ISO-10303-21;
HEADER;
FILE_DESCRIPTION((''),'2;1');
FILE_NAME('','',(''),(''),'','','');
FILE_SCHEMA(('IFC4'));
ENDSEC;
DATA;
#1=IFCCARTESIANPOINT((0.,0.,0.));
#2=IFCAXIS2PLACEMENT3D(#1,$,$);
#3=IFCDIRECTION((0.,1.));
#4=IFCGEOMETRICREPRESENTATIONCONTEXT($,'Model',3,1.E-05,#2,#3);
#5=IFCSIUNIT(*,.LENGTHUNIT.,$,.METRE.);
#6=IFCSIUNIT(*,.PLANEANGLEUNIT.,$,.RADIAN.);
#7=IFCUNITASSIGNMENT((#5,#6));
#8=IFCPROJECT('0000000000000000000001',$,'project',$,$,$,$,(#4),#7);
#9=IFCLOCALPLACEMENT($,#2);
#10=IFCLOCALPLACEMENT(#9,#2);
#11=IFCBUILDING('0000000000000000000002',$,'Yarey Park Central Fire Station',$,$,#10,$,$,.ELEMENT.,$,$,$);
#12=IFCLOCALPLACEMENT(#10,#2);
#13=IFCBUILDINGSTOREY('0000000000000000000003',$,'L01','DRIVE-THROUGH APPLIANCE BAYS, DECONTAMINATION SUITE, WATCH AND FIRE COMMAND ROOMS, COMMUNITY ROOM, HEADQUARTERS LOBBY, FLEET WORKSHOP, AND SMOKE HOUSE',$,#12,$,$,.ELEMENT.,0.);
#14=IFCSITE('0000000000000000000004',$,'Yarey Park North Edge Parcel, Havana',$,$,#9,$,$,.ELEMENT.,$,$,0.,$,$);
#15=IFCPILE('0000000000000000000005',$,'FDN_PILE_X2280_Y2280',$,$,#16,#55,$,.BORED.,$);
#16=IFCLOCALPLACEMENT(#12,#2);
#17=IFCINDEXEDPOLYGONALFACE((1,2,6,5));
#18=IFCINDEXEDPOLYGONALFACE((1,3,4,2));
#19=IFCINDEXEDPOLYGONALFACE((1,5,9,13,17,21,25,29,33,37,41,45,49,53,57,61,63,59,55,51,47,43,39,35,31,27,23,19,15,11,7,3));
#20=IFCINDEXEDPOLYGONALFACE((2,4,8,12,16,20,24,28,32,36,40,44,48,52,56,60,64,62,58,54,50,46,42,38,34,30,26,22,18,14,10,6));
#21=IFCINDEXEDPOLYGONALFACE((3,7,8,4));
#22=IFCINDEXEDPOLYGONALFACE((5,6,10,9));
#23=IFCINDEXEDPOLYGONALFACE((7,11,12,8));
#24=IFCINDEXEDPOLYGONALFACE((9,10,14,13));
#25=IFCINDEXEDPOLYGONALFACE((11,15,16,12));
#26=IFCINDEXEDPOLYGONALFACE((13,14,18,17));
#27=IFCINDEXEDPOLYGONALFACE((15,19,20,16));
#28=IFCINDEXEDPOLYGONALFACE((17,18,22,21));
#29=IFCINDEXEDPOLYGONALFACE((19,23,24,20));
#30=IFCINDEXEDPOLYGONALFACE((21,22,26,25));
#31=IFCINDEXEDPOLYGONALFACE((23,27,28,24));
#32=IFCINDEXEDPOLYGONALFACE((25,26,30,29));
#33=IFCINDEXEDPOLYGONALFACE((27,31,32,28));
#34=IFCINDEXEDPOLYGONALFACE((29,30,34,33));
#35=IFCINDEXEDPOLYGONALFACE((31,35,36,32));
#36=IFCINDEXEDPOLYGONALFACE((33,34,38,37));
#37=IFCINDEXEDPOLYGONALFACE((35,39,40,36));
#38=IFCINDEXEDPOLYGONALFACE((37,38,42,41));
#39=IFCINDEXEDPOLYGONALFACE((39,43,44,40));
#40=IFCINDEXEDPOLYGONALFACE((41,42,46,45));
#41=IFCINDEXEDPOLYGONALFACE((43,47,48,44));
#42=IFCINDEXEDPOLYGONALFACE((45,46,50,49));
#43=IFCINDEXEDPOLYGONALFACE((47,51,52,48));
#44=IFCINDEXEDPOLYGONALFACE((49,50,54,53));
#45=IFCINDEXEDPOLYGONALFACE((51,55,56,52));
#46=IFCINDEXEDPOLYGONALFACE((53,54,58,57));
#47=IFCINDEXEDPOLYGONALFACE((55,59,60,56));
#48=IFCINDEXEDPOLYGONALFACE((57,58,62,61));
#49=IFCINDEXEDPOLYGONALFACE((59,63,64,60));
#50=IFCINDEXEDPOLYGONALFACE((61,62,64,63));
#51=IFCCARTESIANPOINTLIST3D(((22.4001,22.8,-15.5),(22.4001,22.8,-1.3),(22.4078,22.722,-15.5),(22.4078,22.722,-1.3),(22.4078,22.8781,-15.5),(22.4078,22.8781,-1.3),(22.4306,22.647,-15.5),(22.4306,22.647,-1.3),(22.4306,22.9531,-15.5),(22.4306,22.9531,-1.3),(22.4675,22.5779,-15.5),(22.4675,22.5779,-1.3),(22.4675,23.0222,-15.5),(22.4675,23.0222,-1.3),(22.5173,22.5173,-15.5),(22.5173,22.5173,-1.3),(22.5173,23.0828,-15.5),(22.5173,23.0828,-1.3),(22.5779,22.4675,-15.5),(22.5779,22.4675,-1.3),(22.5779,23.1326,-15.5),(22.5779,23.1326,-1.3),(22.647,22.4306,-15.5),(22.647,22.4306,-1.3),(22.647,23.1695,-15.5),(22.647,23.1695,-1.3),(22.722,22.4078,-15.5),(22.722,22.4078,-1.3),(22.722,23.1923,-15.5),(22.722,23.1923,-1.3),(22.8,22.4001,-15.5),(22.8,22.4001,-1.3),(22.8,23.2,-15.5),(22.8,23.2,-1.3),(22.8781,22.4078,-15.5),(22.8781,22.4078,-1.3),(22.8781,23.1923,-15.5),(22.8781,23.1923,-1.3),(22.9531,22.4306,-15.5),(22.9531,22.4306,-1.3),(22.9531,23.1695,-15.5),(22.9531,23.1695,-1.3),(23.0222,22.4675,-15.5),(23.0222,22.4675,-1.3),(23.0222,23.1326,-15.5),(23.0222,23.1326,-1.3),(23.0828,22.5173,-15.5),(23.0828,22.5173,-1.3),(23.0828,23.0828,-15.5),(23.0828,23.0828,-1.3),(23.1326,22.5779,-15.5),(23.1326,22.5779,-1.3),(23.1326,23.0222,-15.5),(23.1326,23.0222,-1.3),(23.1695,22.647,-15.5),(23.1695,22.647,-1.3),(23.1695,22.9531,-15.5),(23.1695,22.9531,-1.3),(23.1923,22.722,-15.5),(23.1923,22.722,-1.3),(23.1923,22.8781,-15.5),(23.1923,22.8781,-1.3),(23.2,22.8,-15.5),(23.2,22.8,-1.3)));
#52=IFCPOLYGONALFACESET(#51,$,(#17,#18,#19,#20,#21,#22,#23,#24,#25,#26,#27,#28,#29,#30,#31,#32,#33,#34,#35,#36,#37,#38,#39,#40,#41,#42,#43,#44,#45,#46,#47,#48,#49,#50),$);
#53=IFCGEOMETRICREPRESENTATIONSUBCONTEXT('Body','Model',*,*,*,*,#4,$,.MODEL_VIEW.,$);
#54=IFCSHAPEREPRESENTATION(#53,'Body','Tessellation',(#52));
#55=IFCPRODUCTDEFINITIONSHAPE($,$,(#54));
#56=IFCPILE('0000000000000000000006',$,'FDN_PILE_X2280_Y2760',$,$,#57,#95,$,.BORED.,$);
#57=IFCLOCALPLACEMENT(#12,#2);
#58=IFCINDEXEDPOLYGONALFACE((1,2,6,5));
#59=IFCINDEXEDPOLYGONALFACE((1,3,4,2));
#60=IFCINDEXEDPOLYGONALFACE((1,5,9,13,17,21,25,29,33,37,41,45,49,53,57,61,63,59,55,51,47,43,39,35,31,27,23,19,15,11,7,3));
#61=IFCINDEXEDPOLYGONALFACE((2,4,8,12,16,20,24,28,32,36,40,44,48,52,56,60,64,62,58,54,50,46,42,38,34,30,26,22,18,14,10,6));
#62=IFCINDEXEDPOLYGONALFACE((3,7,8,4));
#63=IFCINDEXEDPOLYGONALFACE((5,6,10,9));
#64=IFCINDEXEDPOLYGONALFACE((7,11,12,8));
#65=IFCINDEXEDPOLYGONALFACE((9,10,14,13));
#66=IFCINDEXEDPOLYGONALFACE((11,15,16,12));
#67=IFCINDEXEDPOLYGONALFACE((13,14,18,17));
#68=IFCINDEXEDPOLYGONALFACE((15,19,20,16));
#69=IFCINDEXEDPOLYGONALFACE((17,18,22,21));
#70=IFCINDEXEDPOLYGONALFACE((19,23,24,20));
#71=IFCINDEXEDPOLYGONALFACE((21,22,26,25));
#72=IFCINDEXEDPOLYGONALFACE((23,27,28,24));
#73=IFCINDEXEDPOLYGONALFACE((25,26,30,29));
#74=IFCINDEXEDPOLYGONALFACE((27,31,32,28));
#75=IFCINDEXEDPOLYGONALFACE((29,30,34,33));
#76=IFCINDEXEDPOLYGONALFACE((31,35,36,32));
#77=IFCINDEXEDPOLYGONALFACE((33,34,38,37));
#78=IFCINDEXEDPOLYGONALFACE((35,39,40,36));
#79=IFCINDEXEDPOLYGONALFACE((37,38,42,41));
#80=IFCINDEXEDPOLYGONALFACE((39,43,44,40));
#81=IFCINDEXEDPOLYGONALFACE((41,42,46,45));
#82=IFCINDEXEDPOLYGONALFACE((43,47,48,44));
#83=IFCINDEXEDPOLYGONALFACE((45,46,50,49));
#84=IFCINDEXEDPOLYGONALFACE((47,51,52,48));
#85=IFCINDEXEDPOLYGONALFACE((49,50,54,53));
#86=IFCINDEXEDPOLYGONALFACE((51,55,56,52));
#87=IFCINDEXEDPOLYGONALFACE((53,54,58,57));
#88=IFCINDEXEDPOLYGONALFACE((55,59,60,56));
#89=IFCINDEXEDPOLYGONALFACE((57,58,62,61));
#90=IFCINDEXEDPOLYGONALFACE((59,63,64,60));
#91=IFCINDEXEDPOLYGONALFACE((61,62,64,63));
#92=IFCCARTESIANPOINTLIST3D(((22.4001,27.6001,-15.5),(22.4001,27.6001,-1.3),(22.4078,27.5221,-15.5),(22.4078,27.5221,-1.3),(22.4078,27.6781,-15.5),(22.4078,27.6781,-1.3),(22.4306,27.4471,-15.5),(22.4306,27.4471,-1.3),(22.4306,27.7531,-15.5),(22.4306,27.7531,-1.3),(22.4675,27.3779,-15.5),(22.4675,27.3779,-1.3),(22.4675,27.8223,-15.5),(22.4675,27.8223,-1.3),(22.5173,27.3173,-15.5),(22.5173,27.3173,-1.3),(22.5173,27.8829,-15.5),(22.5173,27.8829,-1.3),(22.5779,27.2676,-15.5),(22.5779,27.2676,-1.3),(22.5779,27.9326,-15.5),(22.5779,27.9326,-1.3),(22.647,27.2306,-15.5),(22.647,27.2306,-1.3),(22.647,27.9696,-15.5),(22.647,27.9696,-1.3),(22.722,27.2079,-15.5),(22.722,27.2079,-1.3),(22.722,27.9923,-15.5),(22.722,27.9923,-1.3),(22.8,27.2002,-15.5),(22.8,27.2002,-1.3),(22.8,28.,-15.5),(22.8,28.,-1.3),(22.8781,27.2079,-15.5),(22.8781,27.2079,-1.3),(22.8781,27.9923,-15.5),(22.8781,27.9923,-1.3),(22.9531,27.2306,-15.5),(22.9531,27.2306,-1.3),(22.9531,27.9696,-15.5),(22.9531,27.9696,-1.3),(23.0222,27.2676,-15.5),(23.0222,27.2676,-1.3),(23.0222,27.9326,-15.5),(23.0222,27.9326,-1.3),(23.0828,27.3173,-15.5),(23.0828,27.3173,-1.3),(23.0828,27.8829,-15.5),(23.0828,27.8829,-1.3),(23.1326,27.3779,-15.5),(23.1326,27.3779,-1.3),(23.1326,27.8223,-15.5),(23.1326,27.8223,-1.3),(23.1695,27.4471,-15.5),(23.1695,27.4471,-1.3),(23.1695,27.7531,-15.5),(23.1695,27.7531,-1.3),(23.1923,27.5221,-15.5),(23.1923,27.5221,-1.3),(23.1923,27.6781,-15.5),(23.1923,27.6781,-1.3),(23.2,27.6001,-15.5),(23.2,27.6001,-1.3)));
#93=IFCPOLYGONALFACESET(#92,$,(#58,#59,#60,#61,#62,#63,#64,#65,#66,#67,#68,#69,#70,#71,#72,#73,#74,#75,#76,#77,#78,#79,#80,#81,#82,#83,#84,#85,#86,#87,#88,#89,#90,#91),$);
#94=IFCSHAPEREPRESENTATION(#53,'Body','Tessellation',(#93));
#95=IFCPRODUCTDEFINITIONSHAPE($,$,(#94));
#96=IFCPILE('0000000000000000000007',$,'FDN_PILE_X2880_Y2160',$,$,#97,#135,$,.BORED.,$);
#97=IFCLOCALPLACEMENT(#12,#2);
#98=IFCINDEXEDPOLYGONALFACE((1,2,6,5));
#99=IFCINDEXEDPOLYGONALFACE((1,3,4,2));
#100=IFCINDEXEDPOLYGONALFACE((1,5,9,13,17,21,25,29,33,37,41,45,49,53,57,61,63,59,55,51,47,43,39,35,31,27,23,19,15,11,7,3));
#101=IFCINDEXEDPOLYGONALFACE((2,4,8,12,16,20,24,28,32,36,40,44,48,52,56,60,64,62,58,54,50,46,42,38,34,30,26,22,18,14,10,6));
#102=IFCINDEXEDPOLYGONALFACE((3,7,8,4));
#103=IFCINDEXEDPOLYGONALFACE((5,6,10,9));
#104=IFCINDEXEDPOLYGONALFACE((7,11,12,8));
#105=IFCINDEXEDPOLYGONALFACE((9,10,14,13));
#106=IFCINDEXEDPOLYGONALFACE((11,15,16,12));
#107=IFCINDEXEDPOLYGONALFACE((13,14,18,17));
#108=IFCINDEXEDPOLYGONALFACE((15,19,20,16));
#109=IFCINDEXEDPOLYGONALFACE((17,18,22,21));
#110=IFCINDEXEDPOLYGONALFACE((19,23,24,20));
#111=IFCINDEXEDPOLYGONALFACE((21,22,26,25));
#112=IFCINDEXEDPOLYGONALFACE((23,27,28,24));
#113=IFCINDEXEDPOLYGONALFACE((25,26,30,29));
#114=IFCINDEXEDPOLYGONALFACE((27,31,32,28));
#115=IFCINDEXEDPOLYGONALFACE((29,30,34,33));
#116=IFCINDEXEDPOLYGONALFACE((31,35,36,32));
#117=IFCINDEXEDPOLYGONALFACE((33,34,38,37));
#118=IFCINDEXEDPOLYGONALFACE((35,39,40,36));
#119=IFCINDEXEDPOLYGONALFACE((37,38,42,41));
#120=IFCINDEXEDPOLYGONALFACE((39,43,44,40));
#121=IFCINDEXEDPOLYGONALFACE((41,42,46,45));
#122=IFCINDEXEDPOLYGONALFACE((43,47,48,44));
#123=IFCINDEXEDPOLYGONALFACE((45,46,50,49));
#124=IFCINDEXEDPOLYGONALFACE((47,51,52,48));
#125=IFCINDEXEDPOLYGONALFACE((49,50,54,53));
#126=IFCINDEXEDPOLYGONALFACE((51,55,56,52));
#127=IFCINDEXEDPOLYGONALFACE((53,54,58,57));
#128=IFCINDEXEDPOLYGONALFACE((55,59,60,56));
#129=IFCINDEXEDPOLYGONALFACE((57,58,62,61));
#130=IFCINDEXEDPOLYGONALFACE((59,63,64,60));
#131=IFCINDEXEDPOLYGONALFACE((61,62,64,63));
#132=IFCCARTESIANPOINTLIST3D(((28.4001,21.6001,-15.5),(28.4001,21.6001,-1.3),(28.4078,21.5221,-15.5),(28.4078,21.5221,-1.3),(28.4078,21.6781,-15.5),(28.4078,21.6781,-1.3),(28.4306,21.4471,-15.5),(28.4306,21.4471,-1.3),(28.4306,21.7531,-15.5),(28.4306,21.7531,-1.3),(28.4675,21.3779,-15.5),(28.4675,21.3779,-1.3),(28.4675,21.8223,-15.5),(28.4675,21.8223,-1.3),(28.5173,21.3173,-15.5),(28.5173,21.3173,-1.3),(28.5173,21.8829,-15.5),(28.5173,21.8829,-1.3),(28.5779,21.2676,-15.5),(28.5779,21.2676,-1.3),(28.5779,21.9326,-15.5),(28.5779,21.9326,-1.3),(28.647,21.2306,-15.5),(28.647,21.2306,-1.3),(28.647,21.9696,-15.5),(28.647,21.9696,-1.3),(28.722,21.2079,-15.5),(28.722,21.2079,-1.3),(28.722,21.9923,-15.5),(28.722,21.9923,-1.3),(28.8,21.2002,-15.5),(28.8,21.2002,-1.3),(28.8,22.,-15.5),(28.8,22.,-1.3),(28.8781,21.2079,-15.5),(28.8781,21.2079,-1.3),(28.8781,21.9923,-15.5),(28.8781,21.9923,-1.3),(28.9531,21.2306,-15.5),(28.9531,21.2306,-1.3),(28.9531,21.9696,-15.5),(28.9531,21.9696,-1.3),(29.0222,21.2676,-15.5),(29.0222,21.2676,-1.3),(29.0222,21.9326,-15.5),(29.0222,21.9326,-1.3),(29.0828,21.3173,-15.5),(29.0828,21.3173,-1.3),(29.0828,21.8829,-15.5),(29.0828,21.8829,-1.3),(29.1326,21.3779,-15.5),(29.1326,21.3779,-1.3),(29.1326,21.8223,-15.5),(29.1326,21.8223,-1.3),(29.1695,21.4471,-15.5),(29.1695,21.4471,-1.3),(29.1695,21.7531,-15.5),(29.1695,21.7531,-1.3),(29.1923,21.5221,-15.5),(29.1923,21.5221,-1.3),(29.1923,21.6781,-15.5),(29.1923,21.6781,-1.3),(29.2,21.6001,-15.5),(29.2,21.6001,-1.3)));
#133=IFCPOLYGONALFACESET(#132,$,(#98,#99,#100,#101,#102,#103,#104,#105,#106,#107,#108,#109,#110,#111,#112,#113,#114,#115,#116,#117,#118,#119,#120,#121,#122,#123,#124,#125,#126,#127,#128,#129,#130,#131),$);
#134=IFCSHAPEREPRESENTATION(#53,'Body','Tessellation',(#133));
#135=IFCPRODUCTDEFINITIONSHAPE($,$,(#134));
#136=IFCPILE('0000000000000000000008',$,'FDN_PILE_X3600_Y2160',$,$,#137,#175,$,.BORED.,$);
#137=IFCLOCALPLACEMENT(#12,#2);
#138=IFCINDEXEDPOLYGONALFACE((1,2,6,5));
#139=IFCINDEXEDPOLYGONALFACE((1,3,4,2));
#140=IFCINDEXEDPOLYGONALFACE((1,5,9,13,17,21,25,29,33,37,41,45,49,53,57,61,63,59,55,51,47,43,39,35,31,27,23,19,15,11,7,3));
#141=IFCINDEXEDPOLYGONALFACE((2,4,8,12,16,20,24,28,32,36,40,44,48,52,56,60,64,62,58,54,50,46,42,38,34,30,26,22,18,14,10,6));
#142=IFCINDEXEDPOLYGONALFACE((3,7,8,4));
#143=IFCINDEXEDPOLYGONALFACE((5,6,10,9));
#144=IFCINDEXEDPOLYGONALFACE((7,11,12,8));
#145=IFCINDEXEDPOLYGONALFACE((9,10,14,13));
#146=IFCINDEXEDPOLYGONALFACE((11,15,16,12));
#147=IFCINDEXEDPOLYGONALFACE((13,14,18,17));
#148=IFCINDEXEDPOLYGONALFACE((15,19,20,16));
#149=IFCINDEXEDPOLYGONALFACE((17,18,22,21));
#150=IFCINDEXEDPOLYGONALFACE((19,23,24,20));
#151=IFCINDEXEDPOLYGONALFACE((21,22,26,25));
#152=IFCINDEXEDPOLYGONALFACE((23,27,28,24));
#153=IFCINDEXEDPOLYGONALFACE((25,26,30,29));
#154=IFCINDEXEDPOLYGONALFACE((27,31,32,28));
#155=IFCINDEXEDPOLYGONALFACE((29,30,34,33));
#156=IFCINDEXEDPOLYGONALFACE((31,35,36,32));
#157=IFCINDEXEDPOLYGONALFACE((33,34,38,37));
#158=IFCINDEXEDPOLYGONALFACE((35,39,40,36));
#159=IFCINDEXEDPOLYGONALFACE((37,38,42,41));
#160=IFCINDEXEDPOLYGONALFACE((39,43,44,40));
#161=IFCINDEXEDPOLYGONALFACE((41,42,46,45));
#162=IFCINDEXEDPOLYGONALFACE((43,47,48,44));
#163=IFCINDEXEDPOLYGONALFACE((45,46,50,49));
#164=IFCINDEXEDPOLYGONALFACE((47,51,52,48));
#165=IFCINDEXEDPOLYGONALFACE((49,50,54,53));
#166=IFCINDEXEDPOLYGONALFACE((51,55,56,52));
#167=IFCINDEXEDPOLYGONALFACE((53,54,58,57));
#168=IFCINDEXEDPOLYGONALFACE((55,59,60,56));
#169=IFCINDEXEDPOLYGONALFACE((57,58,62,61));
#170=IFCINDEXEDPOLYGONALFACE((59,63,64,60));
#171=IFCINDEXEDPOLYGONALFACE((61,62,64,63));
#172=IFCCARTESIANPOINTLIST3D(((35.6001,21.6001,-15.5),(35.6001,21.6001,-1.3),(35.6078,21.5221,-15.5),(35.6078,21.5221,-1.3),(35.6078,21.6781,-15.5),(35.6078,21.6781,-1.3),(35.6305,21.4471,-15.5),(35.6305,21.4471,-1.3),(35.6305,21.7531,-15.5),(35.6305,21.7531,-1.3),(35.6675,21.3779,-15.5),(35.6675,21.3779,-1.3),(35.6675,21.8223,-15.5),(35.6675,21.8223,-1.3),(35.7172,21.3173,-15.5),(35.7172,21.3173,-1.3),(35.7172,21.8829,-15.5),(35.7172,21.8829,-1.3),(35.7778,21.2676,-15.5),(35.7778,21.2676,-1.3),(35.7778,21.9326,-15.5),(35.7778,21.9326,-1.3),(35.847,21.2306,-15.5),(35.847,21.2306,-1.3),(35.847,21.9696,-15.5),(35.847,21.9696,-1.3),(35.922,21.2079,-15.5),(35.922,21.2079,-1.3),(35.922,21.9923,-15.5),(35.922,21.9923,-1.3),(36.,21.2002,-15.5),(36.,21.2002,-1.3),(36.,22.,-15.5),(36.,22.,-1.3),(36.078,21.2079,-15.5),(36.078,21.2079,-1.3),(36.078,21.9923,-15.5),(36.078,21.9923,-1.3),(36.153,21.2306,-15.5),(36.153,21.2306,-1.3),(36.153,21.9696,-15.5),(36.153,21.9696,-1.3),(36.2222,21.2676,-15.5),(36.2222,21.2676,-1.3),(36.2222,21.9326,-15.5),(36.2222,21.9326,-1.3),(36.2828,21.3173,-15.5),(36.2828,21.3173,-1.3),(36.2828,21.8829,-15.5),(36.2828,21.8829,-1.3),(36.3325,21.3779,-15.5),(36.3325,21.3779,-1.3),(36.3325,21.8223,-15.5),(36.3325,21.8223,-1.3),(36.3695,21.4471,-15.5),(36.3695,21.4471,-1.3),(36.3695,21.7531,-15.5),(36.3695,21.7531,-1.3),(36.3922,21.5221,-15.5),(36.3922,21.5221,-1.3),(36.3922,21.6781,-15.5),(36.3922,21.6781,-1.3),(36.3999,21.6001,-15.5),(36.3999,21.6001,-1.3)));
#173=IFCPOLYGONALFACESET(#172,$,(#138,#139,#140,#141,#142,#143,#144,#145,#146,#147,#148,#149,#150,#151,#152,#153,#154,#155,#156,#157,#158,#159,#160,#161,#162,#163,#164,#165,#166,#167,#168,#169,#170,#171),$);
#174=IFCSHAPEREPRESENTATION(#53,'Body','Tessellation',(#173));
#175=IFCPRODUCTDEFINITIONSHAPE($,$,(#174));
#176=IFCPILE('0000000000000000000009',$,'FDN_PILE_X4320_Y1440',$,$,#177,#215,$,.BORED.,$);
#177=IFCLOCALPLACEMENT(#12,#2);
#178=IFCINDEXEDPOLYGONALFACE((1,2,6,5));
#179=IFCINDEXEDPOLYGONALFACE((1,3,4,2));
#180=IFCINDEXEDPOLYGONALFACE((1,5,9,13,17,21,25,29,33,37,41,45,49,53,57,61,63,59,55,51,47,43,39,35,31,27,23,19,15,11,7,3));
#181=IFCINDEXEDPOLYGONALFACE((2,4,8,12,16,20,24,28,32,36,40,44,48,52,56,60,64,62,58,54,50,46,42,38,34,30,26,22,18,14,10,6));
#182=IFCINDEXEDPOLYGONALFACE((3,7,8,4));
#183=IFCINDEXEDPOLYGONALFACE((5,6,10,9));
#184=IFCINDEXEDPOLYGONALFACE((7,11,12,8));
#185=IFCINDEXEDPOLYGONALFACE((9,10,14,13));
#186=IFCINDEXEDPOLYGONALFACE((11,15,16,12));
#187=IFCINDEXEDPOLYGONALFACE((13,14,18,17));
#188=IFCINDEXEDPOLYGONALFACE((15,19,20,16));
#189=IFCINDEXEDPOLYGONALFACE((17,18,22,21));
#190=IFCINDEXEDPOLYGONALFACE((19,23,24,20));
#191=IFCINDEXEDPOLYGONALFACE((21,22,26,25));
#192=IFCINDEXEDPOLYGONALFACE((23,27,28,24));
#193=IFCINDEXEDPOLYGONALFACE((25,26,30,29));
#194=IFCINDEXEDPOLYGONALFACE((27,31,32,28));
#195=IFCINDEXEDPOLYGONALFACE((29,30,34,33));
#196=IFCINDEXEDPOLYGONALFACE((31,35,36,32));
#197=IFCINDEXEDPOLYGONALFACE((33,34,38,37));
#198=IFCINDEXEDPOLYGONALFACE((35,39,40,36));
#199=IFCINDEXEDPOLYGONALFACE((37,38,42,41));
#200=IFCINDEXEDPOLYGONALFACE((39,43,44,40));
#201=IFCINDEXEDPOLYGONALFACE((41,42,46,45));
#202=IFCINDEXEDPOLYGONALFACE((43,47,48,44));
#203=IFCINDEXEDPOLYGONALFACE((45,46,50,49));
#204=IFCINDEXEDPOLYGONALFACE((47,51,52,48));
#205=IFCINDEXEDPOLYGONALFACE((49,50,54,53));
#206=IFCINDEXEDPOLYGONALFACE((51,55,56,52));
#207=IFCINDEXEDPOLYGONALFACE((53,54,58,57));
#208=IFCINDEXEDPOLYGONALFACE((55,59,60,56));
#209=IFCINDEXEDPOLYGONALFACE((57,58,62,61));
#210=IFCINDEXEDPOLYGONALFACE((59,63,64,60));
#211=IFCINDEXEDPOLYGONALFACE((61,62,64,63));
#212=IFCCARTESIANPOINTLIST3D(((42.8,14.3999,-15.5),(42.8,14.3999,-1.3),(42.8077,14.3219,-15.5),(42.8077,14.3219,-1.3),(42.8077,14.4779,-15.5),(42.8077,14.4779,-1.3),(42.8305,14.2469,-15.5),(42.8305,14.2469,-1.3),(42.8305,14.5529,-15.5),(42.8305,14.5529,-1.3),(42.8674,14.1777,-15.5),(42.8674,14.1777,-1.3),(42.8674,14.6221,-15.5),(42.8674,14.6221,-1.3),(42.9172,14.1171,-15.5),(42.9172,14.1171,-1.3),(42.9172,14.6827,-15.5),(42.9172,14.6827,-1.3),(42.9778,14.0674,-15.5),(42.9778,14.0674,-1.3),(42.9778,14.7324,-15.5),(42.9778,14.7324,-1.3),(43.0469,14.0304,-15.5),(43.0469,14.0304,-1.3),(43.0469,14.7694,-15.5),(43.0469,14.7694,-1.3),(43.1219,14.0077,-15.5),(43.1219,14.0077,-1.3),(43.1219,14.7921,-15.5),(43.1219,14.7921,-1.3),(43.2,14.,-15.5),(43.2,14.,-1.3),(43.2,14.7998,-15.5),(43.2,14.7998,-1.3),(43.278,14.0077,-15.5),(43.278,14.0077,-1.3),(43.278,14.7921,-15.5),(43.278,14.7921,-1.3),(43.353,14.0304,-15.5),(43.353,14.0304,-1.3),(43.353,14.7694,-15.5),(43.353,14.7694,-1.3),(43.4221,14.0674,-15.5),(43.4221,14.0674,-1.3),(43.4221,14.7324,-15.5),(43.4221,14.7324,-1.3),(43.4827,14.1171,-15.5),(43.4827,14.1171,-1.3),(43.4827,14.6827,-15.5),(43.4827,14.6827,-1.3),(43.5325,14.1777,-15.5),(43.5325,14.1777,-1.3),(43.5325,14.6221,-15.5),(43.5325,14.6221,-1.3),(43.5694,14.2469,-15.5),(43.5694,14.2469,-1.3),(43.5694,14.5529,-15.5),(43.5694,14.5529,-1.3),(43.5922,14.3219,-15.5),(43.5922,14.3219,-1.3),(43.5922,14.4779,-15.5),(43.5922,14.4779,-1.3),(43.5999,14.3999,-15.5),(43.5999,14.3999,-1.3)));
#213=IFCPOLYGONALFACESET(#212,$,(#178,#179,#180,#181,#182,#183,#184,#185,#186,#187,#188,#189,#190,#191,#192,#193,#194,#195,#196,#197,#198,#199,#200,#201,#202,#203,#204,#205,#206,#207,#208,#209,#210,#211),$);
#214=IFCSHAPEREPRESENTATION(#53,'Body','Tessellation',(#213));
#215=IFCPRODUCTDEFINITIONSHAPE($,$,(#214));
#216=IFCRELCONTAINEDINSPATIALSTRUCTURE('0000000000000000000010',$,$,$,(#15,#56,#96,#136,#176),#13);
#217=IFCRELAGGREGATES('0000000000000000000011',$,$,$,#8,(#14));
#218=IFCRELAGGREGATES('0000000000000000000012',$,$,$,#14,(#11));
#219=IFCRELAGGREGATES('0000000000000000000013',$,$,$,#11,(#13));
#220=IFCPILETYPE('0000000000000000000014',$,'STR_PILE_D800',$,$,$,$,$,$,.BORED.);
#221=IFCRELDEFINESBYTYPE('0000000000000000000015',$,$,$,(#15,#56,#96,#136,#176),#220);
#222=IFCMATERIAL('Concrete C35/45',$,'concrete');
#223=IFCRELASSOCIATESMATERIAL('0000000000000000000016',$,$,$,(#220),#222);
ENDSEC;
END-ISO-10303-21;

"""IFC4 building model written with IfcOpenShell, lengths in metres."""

from ifc_helpers import new_model, si_unit, direction, frame, origin, origin_2d, place, context, subcontext, project, spatial, circle, extrude, material, material_profile, profile_set, type_object, element, save


model = new_model("IFC4")

# Units and contexts
model_context = context("Model", 3, precision=1e-05, world=origin(), true_north=direction((0.0, 1.0)))
body_context = subcontext(model_context, "Body", "Model", "MODEL_VIEW")
ifc_project = project(units=[si_unit("LENGTHUNIT", "METRE"), si_unit("PLANEANGLEUNIT", "RADIAN")], contexts=[model_context])

# Site, building, storey
site_placement = place(None, origin())
site = spatial("IfcSite", under=ifc_project, at=site_placement, Name="Yarey Park North Edge Parcel, Havana", CompositionType="ELEMENT", RefElevation=0.0)
building_placement = place(site_placement, origin())
building = spatial("IfcBuilding", under=site, at=building_placement, Name="Yarey Park Central Fire Station", CompositionType="ELEMENT")
storey_placement = place(building_placement, origin())
storey = spatial("IfcBuildingStorey", under=building, at=storey_placement, Name="L01", Description="DRIVE-THROUGH APPLIANCE BAYS, DECONTAMINATION SUITE, WATCH AND FIRE COMMAND ROOMS, COMMUNITY ROOM, HEADQUARTERS LOBBY, FLEET WORKSHOP, AND SMOKE HOUSE", CompositionType="ELEMENT", Elevation=0.0)

# Shared definitions
ifc_material_1 = material(Name="Concrete C35/45", Category="concrete")

# Piles
ifc_material_profile_1 = material_profile(ifc_material_1, circle(Radius=0.3999, at=origin_2d()), Name="BORED PILE D800")
ifc_profile_set_1 = profile_set([ifc_material_profile_1], Name="Concrete C35/45")
pile_type = type_object("IfcPileType", Name="STR_PILE_D800", PredefinedType="BORED", material=ifc_profile_set_1)
for number, where, z_axis, x_axis, name in (
    (1, (22.8, 22.8, -1.3), (0.0, 0.0, -1.0), (1.0, 0.0, 0.0), "FDN_PILE_X2280_Y2280"),
    (2, (22.8, 27.6001, -1.3), (0.0, 0.0, -1.0), (1.0, 0.0, 0.0), "FDN_PILE_X2280_Y2760"),
    (3, (28.8, 21.6001, -1.3), (0.0, 0.0, -1.0), (1.0, 0.0, 0.0), "FDN_PILE_X2880_Y2160"),
    (4, (36.0, 21.6001, -1.3), (0.0, 0.0, -1.0), (1.0, 0.0, 0.0), "FDN_PILE_X3600_Y2160"),
    (5, (43.2, 14.3999, -1.3), (0.0, 0.0, -1.0), (1.0, 0.0, 0.0), "FDN_PILE_X4320_Y1440"),
):
    element("IfcPile", number, at=place(storey_placement, frame(where, z_axis=z_axis, x_axis=x_axis)), inside=storey, type_object=pile_type, Name=name, PredefinedType="BORED", context=body_context, shape_type="SweptSolid", body=[
        extrude(circle(Radius=0.3999, at=origin_2d()), origin(), (0.0, 0.0, 1.0), 14.2),
    ])

save(model, "model.ifc")
